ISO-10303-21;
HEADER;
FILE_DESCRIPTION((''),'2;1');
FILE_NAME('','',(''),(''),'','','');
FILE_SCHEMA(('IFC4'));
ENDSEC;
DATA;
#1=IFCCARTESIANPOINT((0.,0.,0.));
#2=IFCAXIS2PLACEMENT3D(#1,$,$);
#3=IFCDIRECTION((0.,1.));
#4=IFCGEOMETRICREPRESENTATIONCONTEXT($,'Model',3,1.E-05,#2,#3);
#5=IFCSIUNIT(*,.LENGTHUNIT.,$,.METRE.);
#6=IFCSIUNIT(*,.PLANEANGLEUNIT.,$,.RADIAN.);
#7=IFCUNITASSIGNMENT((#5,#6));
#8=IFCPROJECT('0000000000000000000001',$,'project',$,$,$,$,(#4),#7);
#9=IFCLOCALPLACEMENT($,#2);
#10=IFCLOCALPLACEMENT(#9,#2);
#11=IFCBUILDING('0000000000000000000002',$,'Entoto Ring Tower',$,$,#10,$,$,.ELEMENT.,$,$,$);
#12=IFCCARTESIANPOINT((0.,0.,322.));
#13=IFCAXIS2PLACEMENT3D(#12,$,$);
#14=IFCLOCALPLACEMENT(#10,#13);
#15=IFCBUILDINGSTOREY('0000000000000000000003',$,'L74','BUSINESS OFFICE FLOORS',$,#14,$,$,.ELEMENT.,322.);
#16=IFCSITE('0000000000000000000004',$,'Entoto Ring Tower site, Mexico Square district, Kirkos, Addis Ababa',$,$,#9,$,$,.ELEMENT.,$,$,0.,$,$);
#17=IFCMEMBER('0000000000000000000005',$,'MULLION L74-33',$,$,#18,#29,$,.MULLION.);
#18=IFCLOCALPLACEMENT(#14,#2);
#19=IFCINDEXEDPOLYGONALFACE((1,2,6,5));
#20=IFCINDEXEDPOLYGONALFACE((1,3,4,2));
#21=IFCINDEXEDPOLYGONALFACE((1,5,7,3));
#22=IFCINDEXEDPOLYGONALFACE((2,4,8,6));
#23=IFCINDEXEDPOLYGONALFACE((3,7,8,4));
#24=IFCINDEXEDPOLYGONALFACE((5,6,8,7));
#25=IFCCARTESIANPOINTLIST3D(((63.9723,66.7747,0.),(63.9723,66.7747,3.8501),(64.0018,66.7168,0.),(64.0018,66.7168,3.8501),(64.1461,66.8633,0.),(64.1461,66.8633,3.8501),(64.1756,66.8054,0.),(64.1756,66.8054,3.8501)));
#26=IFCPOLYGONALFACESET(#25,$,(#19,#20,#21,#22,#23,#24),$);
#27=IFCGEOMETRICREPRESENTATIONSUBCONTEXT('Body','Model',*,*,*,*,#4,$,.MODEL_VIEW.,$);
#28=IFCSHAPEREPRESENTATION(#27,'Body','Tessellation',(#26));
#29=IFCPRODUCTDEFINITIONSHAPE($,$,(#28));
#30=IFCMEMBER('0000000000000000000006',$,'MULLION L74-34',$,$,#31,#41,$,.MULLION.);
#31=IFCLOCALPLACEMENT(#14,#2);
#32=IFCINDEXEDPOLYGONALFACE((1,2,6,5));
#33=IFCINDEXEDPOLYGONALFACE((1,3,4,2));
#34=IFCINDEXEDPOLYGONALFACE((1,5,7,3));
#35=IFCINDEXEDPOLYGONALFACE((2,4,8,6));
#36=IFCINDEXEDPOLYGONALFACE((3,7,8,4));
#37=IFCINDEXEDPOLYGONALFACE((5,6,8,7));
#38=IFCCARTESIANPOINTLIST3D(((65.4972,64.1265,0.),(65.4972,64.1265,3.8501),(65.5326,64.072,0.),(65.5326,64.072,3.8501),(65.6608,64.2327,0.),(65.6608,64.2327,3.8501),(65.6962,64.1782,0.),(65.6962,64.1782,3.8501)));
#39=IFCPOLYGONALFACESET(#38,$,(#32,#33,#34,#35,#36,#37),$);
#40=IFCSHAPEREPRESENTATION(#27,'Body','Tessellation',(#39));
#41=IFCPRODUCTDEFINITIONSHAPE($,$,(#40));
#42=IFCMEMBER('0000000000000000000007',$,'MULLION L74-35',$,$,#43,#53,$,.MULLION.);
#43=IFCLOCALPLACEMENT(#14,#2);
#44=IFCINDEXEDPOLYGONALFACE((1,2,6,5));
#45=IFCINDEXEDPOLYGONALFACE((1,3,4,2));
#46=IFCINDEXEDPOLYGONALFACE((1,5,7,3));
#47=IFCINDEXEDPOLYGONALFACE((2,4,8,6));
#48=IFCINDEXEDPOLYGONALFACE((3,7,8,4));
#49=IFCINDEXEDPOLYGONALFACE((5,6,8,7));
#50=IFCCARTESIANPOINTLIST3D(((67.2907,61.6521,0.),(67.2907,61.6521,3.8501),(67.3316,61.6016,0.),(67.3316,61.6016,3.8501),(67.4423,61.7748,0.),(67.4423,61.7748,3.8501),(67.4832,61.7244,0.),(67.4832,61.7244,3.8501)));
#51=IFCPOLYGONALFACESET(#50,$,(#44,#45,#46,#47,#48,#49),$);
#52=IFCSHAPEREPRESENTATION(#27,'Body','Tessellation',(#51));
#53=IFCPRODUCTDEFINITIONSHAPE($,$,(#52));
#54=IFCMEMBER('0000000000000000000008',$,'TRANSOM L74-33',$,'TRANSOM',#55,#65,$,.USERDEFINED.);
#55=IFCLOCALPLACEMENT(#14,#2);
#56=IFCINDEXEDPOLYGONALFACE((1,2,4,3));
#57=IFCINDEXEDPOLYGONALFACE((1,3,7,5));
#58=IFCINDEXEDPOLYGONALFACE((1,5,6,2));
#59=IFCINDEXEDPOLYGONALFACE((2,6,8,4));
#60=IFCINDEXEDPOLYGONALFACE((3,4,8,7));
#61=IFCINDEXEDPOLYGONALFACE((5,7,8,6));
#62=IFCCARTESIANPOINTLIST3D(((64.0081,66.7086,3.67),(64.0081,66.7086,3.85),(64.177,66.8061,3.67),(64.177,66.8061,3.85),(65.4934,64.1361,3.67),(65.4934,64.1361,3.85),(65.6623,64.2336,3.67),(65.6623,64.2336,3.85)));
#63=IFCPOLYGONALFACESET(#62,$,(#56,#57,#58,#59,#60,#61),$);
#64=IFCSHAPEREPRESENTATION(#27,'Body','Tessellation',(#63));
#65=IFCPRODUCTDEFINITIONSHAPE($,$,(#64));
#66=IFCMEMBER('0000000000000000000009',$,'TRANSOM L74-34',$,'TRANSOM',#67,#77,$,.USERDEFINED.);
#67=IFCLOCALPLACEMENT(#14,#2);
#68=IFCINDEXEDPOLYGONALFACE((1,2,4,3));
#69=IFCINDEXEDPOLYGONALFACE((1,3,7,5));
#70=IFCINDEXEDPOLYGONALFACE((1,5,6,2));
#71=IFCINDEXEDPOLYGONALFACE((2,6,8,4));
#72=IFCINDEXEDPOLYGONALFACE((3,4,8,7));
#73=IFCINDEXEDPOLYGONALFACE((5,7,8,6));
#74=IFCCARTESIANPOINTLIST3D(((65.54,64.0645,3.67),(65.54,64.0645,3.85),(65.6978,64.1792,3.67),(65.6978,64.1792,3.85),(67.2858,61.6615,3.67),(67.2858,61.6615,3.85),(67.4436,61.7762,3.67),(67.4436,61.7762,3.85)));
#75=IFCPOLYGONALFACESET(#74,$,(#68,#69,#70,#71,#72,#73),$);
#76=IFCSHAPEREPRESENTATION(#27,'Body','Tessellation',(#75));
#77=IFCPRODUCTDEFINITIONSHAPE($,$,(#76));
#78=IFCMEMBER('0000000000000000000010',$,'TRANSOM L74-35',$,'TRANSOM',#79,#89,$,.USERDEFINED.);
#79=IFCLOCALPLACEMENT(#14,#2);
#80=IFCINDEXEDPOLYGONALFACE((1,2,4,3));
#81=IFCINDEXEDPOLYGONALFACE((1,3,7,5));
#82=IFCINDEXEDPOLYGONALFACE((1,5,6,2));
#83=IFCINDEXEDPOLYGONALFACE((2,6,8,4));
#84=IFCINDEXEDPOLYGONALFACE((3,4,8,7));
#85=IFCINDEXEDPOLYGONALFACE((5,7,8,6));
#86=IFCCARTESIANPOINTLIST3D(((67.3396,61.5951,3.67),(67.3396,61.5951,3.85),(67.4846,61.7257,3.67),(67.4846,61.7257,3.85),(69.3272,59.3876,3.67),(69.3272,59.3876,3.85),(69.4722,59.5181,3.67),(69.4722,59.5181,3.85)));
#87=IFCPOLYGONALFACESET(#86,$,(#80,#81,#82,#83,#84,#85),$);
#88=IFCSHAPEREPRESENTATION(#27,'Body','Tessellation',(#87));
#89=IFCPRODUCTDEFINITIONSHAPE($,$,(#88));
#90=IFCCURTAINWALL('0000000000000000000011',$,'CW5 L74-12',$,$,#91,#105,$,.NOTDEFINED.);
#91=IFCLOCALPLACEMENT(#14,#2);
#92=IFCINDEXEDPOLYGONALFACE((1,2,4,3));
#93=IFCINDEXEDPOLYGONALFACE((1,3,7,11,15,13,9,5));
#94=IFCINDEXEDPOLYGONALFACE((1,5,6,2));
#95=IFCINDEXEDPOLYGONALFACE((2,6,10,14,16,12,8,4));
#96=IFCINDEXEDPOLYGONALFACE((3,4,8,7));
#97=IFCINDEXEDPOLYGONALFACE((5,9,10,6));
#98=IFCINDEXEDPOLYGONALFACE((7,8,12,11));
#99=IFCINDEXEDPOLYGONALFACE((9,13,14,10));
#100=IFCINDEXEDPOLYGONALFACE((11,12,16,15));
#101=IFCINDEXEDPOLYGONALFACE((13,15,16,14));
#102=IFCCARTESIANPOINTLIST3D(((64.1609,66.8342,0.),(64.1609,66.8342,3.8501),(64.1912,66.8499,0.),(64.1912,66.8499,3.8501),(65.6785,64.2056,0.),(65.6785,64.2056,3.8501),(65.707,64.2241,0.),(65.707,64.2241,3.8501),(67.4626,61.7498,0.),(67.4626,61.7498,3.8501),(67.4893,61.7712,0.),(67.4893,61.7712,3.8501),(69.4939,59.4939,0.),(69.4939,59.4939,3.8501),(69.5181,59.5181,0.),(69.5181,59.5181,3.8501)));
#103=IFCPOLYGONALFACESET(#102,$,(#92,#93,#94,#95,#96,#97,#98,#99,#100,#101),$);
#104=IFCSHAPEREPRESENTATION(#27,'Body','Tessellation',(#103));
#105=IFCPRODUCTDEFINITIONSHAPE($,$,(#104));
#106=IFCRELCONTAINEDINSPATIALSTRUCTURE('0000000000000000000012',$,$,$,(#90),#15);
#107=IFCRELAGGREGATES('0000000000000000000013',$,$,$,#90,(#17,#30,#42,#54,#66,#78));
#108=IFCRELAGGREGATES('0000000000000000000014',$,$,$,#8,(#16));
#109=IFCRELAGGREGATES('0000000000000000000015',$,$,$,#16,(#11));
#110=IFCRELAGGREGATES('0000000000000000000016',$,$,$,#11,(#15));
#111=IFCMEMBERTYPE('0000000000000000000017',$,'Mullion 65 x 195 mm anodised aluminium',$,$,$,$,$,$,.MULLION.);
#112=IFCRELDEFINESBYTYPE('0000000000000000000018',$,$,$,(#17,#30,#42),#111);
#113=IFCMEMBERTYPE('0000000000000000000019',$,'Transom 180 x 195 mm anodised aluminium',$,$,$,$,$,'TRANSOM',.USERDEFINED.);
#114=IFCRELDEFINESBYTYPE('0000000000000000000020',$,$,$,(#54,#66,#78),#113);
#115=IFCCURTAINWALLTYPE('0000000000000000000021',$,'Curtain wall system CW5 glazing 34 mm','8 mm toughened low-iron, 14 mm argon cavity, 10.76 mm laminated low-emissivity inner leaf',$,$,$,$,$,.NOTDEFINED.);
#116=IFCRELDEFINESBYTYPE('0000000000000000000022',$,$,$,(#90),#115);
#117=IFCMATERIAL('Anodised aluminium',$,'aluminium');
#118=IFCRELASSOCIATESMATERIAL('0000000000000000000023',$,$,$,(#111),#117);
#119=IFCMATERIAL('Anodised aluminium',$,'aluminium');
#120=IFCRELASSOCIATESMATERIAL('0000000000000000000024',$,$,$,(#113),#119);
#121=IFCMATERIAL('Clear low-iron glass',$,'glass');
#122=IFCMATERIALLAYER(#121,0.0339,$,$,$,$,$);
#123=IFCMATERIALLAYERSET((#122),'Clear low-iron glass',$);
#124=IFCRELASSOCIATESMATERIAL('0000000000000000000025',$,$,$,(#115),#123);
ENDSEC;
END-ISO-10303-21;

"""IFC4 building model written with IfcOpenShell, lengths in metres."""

from ifc_helpers import new_model, si_unit, direction, frame, origin, origin_2d, place, context, subcontext, project, spatial, polyline, rectangle, outline, extrude, material, layer, layer_set, material_profile, profile_set, type_object, element, aggregate, save


model = new_model("IFC4")

# Units and contexts
model_context = context("Model", 3, precision=1e-05, world=origin(), true_north=direction((0.0, 1.0)))
body_context = subcontext(model_context, "Body", "Model", "MODEL_VIEW")
ifc_project = project(units=[si_unit("LENGTHUNIT", "METRE"), si_unit("PLANEANGLEUNIT", "RADIAN")], contexts=[model_context])

# Members
ifc_material_1 = material(Name="Anodised aluminium", Category="aluminium")
ifc_material_profile_1 = material_profile(ifc_material_1, rectangle(XDim=0.0649, YDim=0.1951, at=origin_2d()), Name="Mullion 65 x 195 mm anodised aluminium")
ifc_profile_set_1 = profile_set([ifc_material_profile_1], Name="Anodised aluminium")
member_type_1 = type_object("IfcMemberType", Name="Mullion 65 x 195 mm anodised aluminium", PredefinedType="MULLION", material=ifc_profile_set_1)
site_placement = place(None, origin())
building_placement = place(site_placement, origin())
storey_placement = place(building_placement, frame((0.0, 0.0, 322.0)))
member_1_placement = place(storey_placement, frame((64.074, 66.79, 0.0), z_axis=(0.0, 0.0, 1.0), x_axis=(0.45399, -0.891007, 0.0)))
member_1 = element("IfcMember", 1, at=member_1_placement, type_object=member_type_1, Name="MULLION L74-33", PredefinedType="MULLION", context=body_context, shape_type="SweptSolid", body=[
    extrude(rectangle(XDim=0.0649, YDim=0.1951, at=origin_2d()), origin(), (0.0, 0.0, 1.0), 3.8501),
])
member_2_placement = place(storey_placement, frame((65.5967, 64.1523, 0.0), z_axis=(0.0, 0.0, 1.0), x_axis=(0.544639, -0.838671, 0.0)))
member_2 = element("IfcMember", 2, at=member_2_placement, type_object=member_type_1, Name="MULLION L74-34", PredefinedType="MULLION", context=body_context, shape_type="SweptSolid", body=[
    extrude(rectangle(XDim=0.0649, YDim=0.1951, at=origin_2d()), origin(), (0.0, 0.0, 1.0), 3.8501),
])
member_3_placement = place(storey_placement, frame((67.387, 61.6882, 0.0), z_axis=(0.0, 0.0, 1.0), x_axis=(0.62932, -0.777146, 0.0)))
member_3 = element("IfcMember", 3, at=member_3_placement, type_object=member_type_1, Name="MULLION L74-35", PredefinedType="MULLION", context=body_context, shape_type="SweptSolid", body=[
    extrude(rectangle(XDim=0.0649, YDim=0.1951, at=origin_2d()), origin(), (0.0, 0.0, 1.0), 3.8501),
])
ifc_material_2 = material(Name="Anodised aluminium", Category="aluminium")
ifc_material_profile_2 = material_profile(ifc_material_2, rectangle(XDim=0.1951, YDim=0.1799, at=origin_2d()), Name="Transom 180 x 195 mm anodised aluminium")
ifc_profile_set_2 = profile_set([ifc_material_profile_2], Name="Anodised aluminium")
member_type_2 = type_object("IfcMemberType", Name="Transom 180 x 195 mm anodised aluminium", ElementType="TRANSOM", PredefinedType="USERDEFINED", material=ifc_profile_set_2)
member_4_placement = place(storey_placement, frame((64.0925, 66.7573, 3.76), z_axis=(0.500028, -0.866009, 0.0), x_axis=(0.866009, 0.500028, 0.0)))
member_4 = element("IfcMember", 4, at=member_4_placement, type_object=member_type_2, Name="TRANSOM L74-33", ObjectType="TRANSOM", PredefinedType="USERDEFINED", context=body_context, shape_type="SweptSolid", body=[
    extrude(rectangle(XDim=0.1951, YDim=0.1799, at=origin_2d()), origin(), (0.0, 0.0, 1.0), 2.9705),
])
member_5_placement = place(storey_placement, frame((65.6189, 64.1218, 3.76), z_axis=(0.587766, -0.809031, 0.0), x_axis=(0.809031, 0.587766, 0.0)))
member_5 = element("IfcMember", 5, at=member_5_placement, type_object=member_type_2, Name="TRANSOM L74-34", ObjectType="TRANSOM", PredefinedType="USERDEFINED", context=body_context, shape_type="SweptSolid", body=[
    extrude(rectangle(XDim=0.1951, YDim=0.1799, at=origin_2d()), origin(), (0.0, 0.0, 1.0), 2.9702),
])
member_6_placement = place(storey_placement, frame((67.4121, 61.6604, 3.76), z_axis=(0.66911, -0.743163, 0.0), x_axis=(0.743163, 0.66911, 0.0)))
member_6 = element("IfcMember", 6, at=member_6_placement, type_object=member_type_2, Name="TRANSOM L74-35", ObjectType="TRANSOM", PredefinedType="USERDEFINED", context=body_context, shape_type="SweptSolid", body=[
    extrude(rectangle(XDim=0.1951, YDim=0.1799, at=origin_2d()), origin(), (0.0, 0.0, 1.0), 2.9705),
])

# Site, building, storey
site = spatial("IfcSite", under=ifc_project, at=site_placement, Name="Entoto Ring Tower site, Mexico Square district, Kirkos, Addis Ababa", CompositionType="ELEMENT", RefElevation=0.0)
building = spatial("IfcBuilding", under=site, at=building_placement, Name="Entoto Ring Tower", CompositionType="ELEMENT")
storey = spatial("IfcBuildingStorey", under=building, at=storey_placement, Name="L74", Description="BUSINESS OFFICE FLOORS", CompositionType="ELEMENT", Elevation=322.0)

# Curtain wall
ifc_material_3 = material(Name="Clear low-iron glass", Category="glass")
ifc_layer = layer(ifc_material_3, 0.0339)
ifc_layer_set = layer_set([ifc_layer], Name="Clear low-iron glass")
curtain_wall_type = type_object("IfcCurtainWallType", Name="Curtain wall system CW5 glazing 34 mm", Description="8 mm toughened low-iron, 14 mm argon cavity, 10.76 mm laminated low-emissivity inner leaf", PredefinedType="NOTDEFINED", material=ifc_layer_set)
curtain_wall_1_placement = place(storey_placement, origin())
curtain_wall_1 = element("IfcCurtainWall", 7, at=curtain_wall_1_placement, inside=storey, type_object=curtain_wall_type, Name="CW5 L74-12", PredefinedType="NOTDEFINED", context=body_context, shape_type="SweptSolid", body=[
    extrude(outline(polyline([(64.1609, 66.8342), (65.6785, 64.2056), (67.4626, 61.7498), (69.4939, 59.4939), (69.5181, 59.5181), (67.4893, 61.7712), (65.707, 64.2241), (64.1912, 66.8499), (64.1609, 66.8342)])), origin(), (0.0, 0.0, 1.0), 3.8501),
])
aggregate(curtain_wall_1, [member_1, member_2, member_3, member_4, member_5, member_6])

save(model, "model.ifc")
